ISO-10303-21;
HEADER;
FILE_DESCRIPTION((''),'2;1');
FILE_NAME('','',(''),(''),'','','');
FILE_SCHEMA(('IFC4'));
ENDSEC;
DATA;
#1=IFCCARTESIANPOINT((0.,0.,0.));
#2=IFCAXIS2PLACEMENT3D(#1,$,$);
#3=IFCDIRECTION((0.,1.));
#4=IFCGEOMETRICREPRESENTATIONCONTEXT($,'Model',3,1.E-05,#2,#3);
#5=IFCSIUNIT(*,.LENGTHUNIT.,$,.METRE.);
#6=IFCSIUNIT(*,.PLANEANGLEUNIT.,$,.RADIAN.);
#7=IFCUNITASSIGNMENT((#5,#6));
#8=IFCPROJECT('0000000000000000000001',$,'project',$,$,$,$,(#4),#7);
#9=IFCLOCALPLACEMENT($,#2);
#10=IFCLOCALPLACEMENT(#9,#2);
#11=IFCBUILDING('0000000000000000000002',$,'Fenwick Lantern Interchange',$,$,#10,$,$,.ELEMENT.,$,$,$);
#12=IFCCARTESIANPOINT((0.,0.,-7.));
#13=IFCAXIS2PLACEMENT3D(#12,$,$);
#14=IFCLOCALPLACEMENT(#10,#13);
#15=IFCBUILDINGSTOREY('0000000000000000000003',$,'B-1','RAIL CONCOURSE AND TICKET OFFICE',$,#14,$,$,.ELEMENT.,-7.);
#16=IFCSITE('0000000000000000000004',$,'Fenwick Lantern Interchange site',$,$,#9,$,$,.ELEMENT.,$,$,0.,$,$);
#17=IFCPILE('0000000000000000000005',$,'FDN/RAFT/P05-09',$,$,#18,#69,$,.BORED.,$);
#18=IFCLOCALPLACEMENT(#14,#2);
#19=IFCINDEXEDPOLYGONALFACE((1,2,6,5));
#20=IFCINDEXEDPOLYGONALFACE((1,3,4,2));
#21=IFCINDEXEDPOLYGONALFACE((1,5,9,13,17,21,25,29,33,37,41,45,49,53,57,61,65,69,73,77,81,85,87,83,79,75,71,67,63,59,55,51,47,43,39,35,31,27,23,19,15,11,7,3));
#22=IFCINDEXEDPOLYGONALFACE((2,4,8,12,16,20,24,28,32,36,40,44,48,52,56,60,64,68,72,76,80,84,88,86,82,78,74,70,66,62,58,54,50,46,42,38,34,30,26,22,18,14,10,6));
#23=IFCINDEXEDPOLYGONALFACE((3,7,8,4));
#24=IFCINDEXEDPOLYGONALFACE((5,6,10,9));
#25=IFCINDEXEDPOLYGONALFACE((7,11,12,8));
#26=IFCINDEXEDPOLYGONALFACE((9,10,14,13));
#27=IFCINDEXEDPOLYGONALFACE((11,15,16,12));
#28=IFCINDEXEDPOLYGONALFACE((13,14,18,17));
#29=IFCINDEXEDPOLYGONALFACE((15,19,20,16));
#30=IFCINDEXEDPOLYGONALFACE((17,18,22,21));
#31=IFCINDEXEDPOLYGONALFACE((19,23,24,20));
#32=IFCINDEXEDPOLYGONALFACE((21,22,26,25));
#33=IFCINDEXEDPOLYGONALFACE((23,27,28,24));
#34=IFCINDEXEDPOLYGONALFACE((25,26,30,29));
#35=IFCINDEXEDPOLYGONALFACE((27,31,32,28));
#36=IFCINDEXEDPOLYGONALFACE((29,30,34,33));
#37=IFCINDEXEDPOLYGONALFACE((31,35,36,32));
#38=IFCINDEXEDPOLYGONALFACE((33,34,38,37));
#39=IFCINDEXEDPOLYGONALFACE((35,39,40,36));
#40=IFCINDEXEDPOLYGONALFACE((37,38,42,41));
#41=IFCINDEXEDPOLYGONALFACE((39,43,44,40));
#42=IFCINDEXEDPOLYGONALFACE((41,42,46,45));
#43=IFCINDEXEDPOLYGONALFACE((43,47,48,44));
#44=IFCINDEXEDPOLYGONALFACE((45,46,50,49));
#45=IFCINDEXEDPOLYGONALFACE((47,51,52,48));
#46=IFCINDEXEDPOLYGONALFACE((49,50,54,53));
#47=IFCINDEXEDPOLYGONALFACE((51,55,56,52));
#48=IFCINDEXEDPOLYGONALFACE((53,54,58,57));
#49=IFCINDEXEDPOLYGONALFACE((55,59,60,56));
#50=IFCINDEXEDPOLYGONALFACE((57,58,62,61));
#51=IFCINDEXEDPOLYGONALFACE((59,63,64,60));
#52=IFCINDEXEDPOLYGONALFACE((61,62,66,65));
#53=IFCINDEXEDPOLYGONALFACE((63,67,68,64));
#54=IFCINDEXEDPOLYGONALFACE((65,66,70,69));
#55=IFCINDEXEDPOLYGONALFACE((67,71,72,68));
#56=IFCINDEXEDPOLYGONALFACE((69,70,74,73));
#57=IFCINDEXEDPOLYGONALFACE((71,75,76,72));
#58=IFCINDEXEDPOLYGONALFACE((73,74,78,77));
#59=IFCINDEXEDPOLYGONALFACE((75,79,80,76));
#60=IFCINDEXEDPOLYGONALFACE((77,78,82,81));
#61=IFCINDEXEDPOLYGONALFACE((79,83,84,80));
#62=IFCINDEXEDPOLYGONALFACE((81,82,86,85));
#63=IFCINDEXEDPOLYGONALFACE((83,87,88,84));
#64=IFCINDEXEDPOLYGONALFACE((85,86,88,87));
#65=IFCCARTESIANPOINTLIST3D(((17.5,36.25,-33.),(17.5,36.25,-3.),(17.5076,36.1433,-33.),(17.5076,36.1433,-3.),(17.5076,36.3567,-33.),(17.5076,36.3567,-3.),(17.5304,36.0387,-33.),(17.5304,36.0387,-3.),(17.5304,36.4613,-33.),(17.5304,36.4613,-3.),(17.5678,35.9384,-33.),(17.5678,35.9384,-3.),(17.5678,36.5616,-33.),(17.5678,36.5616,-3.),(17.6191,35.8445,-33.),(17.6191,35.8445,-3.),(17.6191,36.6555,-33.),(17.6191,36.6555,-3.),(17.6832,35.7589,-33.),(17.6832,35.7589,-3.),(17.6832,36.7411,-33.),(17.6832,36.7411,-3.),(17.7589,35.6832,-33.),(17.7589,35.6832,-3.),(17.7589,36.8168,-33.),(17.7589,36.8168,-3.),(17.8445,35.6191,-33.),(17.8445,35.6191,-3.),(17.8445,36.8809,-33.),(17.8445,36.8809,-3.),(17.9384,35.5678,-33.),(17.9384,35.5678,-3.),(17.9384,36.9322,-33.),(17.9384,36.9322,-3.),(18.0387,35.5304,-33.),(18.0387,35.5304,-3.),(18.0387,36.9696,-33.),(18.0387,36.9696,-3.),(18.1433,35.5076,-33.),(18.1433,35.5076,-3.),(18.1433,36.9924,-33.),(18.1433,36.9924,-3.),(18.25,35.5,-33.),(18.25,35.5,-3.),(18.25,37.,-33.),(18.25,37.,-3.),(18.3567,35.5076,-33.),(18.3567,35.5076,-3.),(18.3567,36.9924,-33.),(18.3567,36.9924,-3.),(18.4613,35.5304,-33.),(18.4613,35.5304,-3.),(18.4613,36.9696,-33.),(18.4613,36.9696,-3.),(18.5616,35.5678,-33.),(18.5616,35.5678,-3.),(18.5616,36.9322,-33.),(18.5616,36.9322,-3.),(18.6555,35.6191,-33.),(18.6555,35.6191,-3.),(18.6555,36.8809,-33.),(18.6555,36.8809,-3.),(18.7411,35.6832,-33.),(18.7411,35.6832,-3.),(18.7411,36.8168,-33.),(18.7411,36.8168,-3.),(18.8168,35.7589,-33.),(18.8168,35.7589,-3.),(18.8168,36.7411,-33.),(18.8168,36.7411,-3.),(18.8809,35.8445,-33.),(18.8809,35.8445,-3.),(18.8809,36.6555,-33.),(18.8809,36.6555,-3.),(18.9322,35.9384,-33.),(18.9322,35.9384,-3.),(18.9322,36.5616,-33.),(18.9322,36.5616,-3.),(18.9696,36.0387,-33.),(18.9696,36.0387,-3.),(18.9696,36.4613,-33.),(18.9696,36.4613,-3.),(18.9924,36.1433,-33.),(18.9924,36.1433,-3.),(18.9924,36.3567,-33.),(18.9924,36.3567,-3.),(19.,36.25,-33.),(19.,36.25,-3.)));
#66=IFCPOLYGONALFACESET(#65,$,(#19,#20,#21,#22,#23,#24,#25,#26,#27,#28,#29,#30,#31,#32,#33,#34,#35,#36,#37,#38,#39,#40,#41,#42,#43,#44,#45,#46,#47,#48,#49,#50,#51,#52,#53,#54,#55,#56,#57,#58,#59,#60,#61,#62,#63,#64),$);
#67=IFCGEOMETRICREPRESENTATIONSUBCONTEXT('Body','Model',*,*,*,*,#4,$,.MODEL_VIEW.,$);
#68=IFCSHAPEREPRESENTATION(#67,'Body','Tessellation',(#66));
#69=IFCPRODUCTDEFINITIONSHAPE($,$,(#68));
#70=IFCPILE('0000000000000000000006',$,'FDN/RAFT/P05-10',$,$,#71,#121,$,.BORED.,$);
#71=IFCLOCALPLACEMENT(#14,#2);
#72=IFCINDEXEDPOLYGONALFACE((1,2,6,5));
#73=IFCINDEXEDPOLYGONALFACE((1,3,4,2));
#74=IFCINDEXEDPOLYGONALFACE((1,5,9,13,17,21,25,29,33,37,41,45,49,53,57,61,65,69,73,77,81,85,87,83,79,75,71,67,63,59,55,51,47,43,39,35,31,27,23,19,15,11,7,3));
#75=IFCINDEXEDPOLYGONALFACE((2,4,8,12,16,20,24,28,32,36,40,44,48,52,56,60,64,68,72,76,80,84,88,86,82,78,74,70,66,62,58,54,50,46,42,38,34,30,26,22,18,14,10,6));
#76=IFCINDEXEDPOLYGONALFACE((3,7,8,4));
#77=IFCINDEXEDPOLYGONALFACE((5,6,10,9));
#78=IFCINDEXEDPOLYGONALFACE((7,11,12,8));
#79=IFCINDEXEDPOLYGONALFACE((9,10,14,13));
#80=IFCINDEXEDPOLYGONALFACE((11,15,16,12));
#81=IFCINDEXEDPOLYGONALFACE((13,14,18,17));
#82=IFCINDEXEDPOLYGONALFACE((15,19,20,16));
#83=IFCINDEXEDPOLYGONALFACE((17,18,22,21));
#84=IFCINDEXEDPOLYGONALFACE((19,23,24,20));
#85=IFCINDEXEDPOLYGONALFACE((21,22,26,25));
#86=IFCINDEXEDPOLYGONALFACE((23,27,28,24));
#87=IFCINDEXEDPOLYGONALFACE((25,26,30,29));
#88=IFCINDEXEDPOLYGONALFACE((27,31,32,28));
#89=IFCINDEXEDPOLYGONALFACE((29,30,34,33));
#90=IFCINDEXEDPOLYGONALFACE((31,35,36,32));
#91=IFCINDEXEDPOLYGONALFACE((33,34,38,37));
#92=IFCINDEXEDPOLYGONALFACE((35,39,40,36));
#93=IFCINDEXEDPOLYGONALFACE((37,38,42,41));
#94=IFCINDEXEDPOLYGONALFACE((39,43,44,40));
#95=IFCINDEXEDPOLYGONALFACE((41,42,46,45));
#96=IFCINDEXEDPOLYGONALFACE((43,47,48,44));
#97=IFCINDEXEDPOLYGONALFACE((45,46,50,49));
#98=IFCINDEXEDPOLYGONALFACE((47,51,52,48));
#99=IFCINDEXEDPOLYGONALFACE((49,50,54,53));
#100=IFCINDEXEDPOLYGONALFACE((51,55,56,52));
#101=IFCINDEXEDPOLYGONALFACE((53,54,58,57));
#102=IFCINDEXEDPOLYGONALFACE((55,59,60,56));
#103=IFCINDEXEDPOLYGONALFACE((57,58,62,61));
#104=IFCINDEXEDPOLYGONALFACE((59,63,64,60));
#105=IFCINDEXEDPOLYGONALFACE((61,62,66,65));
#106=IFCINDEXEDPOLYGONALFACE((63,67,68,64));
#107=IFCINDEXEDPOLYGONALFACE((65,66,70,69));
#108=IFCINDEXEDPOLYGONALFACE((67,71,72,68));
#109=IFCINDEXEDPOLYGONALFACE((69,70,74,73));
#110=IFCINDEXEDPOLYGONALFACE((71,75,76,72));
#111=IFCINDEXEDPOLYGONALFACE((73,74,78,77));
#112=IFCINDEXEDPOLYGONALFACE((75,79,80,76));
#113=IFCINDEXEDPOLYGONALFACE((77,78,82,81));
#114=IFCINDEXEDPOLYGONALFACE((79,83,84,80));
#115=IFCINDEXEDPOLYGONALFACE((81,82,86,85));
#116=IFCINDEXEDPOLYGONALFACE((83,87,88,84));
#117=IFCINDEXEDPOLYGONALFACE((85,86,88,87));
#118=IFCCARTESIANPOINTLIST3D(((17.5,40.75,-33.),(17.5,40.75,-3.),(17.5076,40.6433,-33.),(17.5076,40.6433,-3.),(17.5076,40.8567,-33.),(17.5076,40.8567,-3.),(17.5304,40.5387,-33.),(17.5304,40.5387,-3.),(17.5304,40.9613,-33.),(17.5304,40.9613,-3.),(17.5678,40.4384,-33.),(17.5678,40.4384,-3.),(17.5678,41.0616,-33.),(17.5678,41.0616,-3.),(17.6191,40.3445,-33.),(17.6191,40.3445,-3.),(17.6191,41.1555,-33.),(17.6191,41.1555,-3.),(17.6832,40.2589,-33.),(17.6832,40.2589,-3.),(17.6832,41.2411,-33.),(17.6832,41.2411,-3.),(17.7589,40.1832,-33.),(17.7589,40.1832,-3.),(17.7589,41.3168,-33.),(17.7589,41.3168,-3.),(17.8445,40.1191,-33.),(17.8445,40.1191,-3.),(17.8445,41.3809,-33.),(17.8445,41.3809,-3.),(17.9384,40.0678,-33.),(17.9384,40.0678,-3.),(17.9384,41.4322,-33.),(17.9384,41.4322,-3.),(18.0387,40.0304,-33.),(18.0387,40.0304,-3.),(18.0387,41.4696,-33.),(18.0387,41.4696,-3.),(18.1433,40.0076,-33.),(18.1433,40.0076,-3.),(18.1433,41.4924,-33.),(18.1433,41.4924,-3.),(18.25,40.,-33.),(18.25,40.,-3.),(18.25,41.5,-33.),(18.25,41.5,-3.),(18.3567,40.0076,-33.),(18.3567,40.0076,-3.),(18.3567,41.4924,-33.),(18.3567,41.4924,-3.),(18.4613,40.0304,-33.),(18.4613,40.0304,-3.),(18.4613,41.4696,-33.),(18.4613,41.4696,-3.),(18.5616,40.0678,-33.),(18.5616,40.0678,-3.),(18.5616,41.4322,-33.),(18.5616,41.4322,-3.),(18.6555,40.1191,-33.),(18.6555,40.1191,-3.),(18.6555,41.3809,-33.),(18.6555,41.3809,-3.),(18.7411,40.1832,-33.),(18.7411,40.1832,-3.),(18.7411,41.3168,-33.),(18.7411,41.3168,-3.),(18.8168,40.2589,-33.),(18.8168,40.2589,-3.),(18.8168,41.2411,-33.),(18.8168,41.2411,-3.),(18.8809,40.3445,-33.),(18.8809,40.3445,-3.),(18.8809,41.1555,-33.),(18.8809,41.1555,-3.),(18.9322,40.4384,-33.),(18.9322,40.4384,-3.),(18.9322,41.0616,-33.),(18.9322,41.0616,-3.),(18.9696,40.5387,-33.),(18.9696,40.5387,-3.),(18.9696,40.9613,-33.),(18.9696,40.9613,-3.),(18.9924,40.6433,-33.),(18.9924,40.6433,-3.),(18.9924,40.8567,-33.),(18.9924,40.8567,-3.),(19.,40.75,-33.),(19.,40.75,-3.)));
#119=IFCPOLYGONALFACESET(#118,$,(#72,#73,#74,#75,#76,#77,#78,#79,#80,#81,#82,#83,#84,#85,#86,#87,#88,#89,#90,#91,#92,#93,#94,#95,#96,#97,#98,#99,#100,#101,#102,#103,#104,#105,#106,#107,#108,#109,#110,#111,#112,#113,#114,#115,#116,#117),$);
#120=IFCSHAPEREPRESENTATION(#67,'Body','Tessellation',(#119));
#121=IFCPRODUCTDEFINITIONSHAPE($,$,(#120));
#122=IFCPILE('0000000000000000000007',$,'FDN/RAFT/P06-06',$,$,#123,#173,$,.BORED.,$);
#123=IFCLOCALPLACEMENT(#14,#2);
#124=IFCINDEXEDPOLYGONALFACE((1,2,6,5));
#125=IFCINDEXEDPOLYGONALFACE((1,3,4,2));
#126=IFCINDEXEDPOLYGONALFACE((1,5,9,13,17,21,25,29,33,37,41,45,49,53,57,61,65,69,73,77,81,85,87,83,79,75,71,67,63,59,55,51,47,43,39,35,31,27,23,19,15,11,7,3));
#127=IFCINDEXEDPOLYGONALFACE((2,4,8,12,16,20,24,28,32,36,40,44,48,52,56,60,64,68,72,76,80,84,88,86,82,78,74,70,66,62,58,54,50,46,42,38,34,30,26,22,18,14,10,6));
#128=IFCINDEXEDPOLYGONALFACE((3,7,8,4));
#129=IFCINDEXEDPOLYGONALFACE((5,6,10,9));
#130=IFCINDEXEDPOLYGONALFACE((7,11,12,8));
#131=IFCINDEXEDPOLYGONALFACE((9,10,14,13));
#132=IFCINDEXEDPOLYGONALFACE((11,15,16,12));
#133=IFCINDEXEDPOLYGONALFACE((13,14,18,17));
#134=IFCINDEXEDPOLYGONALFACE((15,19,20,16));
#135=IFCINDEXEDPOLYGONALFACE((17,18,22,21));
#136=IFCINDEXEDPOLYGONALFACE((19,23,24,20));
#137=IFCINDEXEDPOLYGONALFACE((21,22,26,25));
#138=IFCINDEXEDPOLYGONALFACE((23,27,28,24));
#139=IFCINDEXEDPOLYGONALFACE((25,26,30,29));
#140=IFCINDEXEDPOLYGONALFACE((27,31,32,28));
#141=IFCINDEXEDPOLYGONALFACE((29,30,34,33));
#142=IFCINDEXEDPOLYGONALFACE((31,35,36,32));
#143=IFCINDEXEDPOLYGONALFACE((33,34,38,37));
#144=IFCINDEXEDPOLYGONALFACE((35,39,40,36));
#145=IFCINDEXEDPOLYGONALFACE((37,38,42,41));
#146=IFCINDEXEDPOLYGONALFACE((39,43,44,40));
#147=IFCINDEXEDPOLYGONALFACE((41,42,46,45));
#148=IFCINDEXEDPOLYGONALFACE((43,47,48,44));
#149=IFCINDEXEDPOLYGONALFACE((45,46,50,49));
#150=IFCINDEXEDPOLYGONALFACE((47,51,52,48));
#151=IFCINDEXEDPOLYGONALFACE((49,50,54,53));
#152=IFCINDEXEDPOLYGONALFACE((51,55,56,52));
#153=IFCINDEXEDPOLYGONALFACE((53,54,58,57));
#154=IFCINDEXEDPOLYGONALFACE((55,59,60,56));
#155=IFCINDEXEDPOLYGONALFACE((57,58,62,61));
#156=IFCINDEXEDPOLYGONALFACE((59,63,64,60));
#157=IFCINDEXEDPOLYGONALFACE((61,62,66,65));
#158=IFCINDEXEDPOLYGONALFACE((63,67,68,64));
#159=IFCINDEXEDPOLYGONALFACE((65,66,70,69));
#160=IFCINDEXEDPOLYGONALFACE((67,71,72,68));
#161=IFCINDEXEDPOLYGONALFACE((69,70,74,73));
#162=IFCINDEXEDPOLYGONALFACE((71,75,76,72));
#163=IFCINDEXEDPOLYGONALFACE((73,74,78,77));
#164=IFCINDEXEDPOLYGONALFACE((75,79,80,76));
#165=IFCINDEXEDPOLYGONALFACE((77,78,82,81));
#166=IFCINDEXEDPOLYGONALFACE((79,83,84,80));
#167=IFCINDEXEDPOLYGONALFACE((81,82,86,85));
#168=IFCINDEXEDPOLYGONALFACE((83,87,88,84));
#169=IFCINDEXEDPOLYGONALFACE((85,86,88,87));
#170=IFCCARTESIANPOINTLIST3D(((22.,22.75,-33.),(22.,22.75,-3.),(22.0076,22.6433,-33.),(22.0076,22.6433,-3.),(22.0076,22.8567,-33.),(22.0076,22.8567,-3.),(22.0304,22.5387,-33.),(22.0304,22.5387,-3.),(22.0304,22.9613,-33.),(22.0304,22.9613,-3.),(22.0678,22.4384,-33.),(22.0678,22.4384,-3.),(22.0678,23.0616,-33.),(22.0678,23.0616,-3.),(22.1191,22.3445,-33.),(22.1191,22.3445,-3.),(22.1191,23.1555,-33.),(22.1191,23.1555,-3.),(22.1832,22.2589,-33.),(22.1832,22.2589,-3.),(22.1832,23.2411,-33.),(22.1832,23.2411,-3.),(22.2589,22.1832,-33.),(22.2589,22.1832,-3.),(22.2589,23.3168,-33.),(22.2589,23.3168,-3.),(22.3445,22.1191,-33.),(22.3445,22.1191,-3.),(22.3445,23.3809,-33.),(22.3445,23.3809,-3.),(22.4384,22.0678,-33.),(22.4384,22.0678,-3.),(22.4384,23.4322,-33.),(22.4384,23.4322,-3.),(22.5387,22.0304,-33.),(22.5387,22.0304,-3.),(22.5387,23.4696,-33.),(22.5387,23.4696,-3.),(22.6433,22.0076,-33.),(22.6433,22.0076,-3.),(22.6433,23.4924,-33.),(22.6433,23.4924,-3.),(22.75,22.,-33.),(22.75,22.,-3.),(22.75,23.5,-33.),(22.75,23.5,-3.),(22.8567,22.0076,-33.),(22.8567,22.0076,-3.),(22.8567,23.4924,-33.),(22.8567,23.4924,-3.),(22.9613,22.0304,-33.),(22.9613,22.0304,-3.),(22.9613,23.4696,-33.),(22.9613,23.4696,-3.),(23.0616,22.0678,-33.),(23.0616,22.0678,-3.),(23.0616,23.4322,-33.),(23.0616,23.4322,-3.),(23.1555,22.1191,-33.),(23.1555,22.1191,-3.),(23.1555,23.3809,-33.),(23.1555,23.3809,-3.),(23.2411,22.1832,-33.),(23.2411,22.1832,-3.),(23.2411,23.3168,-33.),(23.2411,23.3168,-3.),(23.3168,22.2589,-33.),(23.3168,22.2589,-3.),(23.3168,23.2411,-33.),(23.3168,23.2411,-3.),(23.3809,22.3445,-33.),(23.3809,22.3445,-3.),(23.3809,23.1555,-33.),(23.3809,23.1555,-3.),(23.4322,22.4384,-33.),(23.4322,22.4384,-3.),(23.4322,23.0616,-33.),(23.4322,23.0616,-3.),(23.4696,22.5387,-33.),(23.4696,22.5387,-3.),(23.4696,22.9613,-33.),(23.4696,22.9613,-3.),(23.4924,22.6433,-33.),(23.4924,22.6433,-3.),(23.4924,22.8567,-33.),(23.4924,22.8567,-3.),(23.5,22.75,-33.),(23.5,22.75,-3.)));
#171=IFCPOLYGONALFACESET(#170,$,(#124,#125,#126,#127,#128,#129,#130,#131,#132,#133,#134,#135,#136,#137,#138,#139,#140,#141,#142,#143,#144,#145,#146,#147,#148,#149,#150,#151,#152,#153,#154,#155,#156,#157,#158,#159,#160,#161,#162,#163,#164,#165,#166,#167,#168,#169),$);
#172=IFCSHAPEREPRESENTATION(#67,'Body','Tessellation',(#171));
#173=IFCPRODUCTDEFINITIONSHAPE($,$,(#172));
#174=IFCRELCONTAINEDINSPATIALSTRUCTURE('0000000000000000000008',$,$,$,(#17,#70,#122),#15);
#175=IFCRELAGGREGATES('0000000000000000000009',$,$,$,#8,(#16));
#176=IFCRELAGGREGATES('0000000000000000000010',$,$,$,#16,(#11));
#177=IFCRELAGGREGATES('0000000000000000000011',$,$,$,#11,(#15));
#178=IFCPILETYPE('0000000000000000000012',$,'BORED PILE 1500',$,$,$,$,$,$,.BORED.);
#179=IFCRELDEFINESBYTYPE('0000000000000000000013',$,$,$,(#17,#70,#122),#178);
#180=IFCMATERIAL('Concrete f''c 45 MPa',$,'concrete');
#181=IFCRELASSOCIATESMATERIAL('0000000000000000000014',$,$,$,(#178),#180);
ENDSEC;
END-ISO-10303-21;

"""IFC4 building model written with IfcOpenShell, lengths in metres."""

from ifc_helpers import new_model, si_unit, direction, frame, origin, origin_2d, place, context, subcontext, project, spatial, circle, extrude, material, type_object, element, save


model = new_model("IFC4")

# Units and contexts
model_context = context("Model", 3, precision=1e-05, world=origin(), true_north=direction((0.0, 1.0)))
body_context = subcontext(model_context, "Body", "Model", "MODEL_VIEW")
ifc_project = project(units=[si_unit("LENGTHUNIT", "METRE"), si_unit("PLANEANGLEUNIT", "RADIAN")], contexts=[model_context])

# Site, building, storey
site_placement = place(None, origin())
site = spatial("IfcSite", under=ifc_project, at=site_placement, Name="Fenwick Lantern Interchange site", CompositionType="ELEMENT", RefElevation=0.0)
building_placement = place(site_placement, origin())
building = spatial("IfcBuilding", under=site, at=building_placement, Name="Fenwick Lantern Interchange", CompositionType="ELEMENT")
storey_placement = place(building_placement, frame((0.0, 0.0, -7.0)))
storey = spatial("IfcBuildingStorey", under=building, at=storey_placement, Name="B-1", Description="RAIL CONCOURSE AND TICKET OFFICE", CompositionType="ELEMENT", Elevation=-7.0)

# Piles
ifc_material_1 = material(Name="Concrete f'c 45 MPa", Category="concrete")
pile_type = type_object("IfcPileType", Name="BORED PILE 1500", PredefinedType="BORED", material=ifc_material_1)
for number, where, z_axis, x_axis, name in (
    (1, (18.25, 36.25, -3.0), (0.0, 0.0, -1.0), (1.0, 0.0, 0.0), "FDN/RAFT/P05-09"),
    (2, (18.25, 40.75, -3.0), (0.0, 0.0, -1.0), (1.0, 0.0, 0.0), "FDN/RAFT/P05-10"),
    (3, (22.75, 22.75, -3.0), (0.0, 0.0, -1.0), (1.0, 0.0, 0.0), "FDN/RAFT/P06-06"),
):
    element("IfcPile", number, at=place(storey_placement, frame(where, z_axis=z_axis, x_axis=x_axis)), inside=storey, type_object=pile_type, Name=name, PredefinedType="BORED", context=body_context, shape_type="SweptSolid", body=[
        extrude(circle(Radius=0.75, at=origin_2d()), origin(), (0.0, 0.0, 1.0), 30.0),
    ])

save(model, "model.ifc")
